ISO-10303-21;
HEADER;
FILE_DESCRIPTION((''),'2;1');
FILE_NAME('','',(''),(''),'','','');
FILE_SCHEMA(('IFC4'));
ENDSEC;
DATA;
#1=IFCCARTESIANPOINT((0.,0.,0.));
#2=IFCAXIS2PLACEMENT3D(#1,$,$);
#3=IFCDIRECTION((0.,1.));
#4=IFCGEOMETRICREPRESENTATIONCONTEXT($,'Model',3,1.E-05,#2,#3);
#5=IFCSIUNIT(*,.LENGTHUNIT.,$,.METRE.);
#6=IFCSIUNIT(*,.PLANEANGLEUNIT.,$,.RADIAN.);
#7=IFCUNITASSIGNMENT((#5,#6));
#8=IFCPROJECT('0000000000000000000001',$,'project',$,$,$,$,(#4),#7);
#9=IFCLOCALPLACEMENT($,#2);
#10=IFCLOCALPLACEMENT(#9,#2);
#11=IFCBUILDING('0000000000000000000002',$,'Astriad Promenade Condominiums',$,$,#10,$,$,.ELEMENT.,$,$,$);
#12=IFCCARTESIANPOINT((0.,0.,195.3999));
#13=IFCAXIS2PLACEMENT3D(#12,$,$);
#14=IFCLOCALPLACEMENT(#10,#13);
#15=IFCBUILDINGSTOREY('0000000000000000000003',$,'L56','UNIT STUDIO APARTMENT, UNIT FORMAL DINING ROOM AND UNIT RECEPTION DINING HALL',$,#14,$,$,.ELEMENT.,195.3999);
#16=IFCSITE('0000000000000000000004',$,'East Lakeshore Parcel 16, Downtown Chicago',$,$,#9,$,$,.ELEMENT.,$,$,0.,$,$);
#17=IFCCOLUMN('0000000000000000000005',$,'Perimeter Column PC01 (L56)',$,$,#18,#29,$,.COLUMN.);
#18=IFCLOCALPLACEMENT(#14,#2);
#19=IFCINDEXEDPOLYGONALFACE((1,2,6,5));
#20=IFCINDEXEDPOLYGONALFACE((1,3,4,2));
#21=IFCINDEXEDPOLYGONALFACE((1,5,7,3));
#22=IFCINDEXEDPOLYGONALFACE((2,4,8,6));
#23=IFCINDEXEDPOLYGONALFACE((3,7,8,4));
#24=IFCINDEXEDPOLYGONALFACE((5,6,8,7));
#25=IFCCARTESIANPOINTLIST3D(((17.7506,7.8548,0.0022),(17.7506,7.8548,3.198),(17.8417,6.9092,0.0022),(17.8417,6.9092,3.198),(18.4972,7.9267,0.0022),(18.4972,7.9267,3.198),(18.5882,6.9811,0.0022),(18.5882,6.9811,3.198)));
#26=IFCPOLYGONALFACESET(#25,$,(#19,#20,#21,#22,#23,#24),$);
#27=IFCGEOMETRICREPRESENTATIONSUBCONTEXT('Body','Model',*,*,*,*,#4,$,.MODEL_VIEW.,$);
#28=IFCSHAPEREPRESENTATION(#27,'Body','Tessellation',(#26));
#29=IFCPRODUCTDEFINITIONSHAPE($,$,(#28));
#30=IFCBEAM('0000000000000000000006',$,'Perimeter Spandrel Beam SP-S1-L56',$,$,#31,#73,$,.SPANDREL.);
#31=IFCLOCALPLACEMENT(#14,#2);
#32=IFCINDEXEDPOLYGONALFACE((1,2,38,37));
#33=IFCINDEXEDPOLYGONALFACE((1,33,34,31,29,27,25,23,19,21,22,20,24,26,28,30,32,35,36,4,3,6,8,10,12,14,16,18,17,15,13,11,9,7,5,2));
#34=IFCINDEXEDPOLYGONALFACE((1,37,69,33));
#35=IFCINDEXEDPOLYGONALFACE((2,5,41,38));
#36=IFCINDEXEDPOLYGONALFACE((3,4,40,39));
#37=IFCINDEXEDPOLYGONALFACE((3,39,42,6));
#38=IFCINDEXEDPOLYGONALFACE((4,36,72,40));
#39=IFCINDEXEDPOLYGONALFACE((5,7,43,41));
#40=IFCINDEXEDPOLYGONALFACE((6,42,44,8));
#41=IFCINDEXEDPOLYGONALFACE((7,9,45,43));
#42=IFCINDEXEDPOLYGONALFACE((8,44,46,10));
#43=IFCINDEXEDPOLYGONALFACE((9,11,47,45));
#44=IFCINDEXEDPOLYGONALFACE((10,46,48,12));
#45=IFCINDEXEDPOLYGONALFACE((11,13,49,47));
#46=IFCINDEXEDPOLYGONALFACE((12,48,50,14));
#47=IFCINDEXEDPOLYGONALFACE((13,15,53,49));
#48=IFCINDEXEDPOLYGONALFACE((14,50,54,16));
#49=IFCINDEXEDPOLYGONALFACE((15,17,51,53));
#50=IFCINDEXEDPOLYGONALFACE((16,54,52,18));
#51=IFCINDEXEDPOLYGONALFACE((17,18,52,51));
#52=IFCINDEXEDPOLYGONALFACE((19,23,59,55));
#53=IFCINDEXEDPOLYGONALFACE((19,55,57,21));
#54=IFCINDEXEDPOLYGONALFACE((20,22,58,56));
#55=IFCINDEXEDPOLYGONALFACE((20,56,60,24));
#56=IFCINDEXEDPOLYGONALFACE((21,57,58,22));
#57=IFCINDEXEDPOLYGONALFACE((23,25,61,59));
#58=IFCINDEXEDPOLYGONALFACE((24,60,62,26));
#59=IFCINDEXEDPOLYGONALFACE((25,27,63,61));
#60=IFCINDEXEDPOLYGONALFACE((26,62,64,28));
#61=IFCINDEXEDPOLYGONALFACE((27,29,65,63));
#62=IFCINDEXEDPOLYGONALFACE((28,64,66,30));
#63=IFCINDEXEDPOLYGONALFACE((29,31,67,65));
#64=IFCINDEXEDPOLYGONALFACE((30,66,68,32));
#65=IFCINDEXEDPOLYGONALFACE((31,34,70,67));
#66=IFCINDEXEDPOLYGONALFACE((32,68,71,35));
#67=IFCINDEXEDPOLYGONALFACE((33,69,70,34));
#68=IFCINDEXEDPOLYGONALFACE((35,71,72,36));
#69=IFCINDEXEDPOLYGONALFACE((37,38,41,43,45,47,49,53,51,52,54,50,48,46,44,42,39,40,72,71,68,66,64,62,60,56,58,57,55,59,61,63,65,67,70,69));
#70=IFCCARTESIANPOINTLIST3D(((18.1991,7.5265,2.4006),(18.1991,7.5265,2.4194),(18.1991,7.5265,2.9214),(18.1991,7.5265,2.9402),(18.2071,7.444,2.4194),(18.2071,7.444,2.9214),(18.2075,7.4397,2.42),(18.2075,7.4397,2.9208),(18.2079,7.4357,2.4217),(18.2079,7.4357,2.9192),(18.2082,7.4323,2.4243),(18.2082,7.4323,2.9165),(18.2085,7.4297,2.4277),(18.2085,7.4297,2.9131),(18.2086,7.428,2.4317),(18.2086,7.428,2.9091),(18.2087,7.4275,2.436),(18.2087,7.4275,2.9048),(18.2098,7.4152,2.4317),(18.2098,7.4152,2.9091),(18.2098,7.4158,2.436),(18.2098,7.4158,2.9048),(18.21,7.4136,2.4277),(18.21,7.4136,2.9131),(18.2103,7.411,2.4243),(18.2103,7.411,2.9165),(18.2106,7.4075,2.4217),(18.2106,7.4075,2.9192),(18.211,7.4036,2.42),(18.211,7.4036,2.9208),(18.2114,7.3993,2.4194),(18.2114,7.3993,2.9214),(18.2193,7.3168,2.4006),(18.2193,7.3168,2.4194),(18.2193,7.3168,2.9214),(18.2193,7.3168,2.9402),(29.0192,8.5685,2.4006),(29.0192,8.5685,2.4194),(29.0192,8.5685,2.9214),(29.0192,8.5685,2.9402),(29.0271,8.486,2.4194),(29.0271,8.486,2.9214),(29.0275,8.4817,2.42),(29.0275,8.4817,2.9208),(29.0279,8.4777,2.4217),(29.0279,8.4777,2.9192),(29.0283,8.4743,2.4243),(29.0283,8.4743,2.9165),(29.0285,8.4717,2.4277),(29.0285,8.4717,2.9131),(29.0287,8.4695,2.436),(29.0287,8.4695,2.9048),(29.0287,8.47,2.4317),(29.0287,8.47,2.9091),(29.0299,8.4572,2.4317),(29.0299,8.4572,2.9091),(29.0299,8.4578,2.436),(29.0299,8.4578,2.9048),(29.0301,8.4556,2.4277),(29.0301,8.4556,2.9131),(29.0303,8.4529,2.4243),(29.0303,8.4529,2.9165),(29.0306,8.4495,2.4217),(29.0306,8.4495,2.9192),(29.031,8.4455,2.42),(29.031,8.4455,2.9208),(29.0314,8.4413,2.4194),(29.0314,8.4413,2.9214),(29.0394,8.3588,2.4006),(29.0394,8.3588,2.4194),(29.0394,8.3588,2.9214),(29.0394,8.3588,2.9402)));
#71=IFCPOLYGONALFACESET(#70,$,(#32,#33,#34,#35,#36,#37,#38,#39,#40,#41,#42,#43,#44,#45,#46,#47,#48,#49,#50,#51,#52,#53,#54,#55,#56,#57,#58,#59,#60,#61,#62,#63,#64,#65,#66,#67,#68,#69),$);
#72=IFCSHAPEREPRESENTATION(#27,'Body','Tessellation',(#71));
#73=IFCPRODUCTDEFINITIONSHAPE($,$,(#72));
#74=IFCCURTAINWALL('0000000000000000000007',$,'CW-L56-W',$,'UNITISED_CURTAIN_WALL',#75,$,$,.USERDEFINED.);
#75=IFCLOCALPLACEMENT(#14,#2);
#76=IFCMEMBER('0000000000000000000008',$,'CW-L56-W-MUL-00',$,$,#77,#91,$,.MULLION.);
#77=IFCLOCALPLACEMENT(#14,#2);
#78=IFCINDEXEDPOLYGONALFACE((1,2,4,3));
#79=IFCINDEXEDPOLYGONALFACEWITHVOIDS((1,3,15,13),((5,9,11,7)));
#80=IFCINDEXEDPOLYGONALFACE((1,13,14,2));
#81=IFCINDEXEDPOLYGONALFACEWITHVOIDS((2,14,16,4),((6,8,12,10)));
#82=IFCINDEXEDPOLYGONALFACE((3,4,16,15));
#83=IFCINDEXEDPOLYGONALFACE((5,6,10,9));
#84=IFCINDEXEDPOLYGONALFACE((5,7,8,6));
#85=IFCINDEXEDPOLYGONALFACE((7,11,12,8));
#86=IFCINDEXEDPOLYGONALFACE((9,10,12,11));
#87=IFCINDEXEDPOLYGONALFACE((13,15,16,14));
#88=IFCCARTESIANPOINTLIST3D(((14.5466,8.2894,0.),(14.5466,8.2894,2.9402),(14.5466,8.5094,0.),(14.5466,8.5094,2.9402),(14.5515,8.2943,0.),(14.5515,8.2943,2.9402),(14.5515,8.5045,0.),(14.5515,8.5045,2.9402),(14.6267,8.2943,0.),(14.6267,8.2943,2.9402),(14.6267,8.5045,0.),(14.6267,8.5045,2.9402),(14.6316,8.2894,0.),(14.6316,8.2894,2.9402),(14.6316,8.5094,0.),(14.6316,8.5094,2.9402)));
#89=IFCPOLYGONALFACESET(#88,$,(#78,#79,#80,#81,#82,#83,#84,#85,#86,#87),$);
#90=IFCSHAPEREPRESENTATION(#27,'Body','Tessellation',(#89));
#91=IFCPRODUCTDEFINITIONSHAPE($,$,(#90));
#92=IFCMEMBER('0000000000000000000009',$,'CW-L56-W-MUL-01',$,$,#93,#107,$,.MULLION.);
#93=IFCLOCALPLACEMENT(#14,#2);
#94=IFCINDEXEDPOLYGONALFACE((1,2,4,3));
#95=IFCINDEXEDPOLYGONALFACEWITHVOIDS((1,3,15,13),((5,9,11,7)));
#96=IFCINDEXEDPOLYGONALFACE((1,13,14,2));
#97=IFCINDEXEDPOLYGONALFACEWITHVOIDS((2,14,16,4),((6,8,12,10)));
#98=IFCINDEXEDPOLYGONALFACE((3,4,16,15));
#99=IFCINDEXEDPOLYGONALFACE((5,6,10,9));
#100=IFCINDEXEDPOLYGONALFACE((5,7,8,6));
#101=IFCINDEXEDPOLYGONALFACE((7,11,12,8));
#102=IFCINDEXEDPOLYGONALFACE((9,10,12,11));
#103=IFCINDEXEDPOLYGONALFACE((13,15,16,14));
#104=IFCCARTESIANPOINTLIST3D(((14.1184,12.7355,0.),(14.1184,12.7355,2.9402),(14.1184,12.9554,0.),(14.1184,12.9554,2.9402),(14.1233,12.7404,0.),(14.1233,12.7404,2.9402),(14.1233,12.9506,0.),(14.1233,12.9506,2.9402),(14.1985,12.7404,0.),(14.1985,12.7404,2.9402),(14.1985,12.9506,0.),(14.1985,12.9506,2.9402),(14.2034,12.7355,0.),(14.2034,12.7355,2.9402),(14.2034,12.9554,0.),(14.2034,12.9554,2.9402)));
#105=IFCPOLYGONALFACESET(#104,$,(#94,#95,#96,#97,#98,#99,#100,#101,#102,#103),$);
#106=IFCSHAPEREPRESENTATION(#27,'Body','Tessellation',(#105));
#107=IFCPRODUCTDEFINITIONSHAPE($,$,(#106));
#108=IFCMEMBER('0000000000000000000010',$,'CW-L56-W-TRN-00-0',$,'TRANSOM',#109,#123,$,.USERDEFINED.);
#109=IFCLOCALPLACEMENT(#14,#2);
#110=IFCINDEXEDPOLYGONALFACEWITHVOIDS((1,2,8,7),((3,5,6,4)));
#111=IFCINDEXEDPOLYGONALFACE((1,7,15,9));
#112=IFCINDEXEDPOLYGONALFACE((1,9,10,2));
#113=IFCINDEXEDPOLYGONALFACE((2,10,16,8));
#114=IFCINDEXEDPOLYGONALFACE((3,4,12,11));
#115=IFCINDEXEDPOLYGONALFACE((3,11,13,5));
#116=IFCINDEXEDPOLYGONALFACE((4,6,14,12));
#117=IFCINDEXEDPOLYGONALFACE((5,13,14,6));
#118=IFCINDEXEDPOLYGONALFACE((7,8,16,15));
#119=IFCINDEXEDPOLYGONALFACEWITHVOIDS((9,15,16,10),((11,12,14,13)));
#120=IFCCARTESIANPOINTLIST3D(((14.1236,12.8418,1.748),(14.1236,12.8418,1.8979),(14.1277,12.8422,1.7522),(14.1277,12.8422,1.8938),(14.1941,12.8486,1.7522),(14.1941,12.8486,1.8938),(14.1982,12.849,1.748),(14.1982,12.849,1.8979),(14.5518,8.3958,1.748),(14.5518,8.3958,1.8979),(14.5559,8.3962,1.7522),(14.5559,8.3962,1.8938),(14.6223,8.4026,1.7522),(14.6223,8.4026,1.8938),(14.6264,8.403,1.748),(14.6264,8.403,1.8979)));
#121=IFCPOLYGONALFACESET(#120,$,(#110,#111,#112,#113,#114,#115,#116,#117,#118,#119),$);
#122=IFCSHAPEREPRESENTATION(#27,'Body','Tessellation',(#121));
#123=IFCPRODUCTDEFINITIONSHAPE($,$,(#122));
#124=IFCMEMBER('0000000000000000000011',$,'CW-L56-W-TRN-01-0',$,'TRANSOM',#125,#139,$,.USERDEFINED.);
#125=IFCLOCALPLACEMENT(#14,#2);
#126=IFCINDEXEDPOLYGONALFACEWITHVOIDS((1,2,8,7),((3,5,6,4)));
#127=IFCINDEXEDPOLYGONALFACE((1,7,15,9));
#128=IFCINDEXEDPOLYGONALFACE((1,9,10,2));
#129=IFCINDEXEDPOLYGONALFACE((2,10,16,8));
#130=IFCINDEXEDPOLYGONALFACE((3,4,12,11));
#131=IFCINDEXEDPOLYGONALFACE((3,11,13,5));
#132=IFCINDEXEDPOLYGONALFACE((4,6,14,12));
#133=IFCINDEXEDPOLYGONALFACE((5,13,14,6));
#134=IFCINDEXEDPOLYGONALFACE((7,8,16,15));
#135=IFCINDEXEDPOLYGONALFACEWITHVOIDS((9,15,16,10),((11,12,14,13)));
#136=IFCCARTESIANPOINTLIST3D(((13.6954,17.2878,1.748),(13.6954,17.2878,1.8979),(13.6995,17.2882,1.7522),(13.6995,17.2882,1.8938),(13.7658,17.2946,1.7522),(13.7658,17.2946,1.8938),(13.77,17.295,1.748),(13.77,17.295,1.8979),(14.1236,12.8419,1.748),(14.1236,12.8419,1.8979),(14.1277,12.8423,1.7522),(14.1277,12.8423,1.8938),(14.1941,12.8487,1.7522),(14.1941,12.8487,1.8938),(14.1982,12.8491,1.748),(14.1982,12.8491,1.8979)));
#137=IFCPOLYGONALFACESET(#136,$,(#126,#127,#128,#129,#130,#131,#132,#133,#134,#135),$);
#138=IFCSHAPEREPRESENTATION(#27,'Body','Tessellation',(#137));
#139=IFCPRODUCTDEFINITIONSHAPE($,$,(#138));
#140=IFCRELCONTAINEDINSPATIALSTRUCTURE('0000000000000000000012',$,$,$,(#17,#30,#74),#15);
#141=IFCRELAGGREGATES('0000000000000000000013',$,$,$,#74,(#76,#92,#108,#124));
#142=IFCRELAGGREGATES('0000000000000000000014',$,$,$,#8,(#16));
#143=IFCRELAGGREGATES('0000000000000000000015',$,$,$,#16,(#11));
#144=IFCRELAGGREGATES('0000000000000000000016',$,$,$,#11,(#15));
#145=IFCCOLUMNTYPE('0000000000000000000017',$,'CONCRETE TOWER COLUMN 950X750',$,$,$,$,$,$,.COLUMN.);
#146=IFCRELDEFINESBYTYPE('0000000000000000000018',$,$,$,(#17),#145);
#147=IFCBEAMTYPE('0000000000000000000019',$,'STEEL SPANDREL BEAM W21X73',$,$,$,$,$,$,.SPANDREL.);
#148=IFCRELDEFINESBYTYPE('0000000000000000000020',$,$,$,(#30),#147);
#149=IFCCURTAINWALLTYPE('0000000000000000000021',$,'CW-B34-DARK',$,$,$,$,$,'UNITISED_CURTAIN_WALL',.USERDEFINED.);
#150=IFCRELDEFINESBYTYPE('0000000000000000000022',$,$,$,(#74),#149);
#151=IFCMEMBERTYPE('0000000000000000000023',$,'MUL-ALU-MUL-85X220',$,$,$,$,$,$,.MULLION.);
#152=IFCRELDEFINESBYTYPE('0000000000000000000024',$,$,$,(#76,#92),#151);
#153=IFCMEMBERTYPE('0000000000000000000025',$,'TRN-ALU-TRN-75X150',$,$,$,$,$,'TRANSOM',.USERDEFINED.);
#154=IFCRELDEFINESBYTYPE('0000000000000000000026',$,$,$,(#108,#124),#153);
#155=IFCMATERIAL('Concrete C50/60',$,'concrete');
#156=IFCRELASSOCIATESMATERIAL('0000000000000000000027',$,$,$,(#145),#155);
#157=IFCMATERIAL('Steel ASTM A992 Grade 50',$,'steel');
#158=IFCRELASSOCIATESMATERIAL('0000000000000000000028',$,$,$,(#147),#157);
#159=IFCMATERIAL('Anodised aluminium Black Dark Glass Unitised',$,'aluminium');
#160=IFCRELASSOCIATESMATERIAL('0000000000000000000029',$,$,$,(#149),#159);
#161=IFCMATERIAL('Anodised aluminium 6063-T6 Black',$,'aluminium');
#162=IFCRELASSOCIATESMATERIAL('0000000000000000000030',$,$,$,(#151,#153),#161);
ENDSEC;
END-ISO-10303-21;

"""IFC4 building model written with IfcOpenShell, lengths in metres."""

from ifc_helpers import new_model, si_unit, direction, frame, origin, origin_2d, place, context, subcontext, project, spatial, rectangle, hollow_rectangle, i_section, extrude, source, transform, mapped, material, material_profile, profile_set, type_object, type_shapes, element, aggregate, save


model = new_model("IFC4")

# Units and contexts
model_context = context("Model", 3, precision=1e-05, world=origin(), true_north=direction((0.0, 1.0)))
body_context = subcontext(model_context, "Body", "Model", "MODEL_VIEW")
ifc_project = project(units=[si_unit("LENGTHUNIT", "METRE"), si_unit("PLANEANGLEUNIT", "RADIAN")], contexts=[model_context])

# Site, building, storey
site_placement = place(None, origin())
site = spatial("IfcSite", under=ifc_project, at=site_placement, Name="East Lakeshore Parcel 16, Downtown Chicago", CompositionType="ELEMENT", RefElevation=0.0)
building_placement = place(site_placement, origin())
building = spatial("IfcBuilding", under=site, at=building_placement, Name="Astriad Promenade Condominiums", CompositionType="ELEMENT")
storey_placement = place(building_placement, frame((0.0, 0.0, 195.3999)))
storey = spatial("IfcBuildingStorey", under=building, at=storey_placement, Name="L56", Description="UNIT STUDIO APARTMENT, UNIT FORMAL DINING ROOM AND UNIT RECEPTION DINING HALL", CompositionType="ELEMENT", Elevation=195.3999)

# Column
ifc_material_1 = material(Name="Concrete C50/60", Category="concrete")
ifc_material_profile_1 = material_profile(ifc_material_1, rectangle(XDim=0.75, YDim=0.95, at=origin_2d()), Name="RC-COL-950X750")
ifc_profile_set_1 = profile_set([ifc_material_profile_1], Name="Concrete C50/60")
column_type = type_object("IfcColumnType", Name="CONCRETE TOWER COLUMN 950X750", PredefinedType="COLUMN", material=ifc_profile_set_1)
shared_shape_1 = source(origin(), body_context, "Body", "SweptSolid", [
    extrude(rectangle(XDim=0.75, YDim=0.95, at=origin_2d()), origin(), (0.0, 0.0, 1.0), 3.1958),
])
type_shapes(column_type, [shared_shape_1])
column_placement = place(storey_placement, frame((18.1694, 7.418, 0.0022), z_axis=(0.0, 0.0, 1.0), x_axis=(0.995396, 0.095846, 0.0)))
element("IfcColumn", 1, at=column_placement, inside=storey, type_object=column_type, Name="Perimeter Column PC01 (L56)", PredefinedType="COLUMN", context=body_context, shape_type="MappedRepresentation", body=[
    mapped(shared_shape_1, transform((0.0, 0.0, 0.0), scale=1.0)),
])

# Beam
ifc_material_2 = material(Name="Steel ASTM A992 Grade 50", Category="steel")
ifc_material_profile_2 = material_profile(ifc_material_2, i_section(OverallWidth=0.2107, OverallDepth=0.5396, WebThickness=0.0117, FlangeThickness=0.0188, FilletRadius=0.0166, at=origin_2d()), Name="W21X73")
ifc_profile_set_2 = profile_set([ifc_material_profile_2], Name="Steel ASTM A992 Grade 50")
beam_type = type_object("IfcBeamType", Name="STEEL SPANDREL BEAM W21X73", PredefinedType="SPANDREL", material=ifc_profile_set_2)
shared_shape_2 = source(origin(), body_context, "Body", "SweptSolid", [
    extrude(i_section(OverallWidth=0.2107, OverallDepth=0.5396, WebThickness=0.0117, FlangeThickness=0.0188, FilletRadius=0.0166, at=origin_2d()), origin(), (0.0, 0.0, 1.0), 10.8701),
])
type_shapes(beam_type, [shared_shape_2])
beam_placement = place(storey_placement, frame((18.2092, 7.4216, 2.6704), z_axis=(0.995395, 0.095858, 0.0), x_axis=(-0.095858, 0.995395, 0.0)))
element("IfcBeam", 2, at=beam_placement, inside=storey, type_object=beam_type, Name="Perimeter Spandrel Beam SP-S1-L56", PredefinedType="SPANDREL", context=body_context, shape_type="MappedRepresentation", body=[
    mapped(shared_shape_2, transform((0.0, 0.0, 0.0), scale=1.0)),
])

# Curtain wall, members
ifc_material_3 = material(Name="Anodised aluminium Black Dark Glass Unitised", Category="aluminium")
curtain_wall_type = type_object("IfcCurtainWallType", Name="CW-B34-DARK", ElementType="UNITISED_CURTAIN_WALL", PredefinedType="USERDEFINED", material=ifc_material_3)
curtain_wall_placement = place(storey_placement, origin())
curtain_wall = element("IfcCurtainWall", 3, at=curtain_wall_placement, inside=storey, type_object=curtain_wall_type, Name="CW-L56-W", ObjectType="UNITISED_CURTAIN_WALL", PredefinedType="USERDEFINED")
ifc_material_4 = material(Name="Anodised aluminium 6063-T6 Black", Category="aluminium")
ifc_material_profile_3 = material_profile(ifc_material_4, hollow_rectangle(XDim=0.085, YDim=0.22, WallThickness=0.0049, at=origin_2d()), Name="ALU-MUL-85X220")
ifc_profile_set_3 = profile_set([ifc_material_profile_3], Name="Anodised aluminium 6063-T6 Black")
member_type_1 = type_object("IfcMemberType", Name="MUL-ALU-MUL-85X220", PredefinedType="MULLION", material=ifc_profile_set_3)
shared_shape_3 = source(origin(), body_context, "Body", "SweptSolid", [
    extrude(hollow_rectangle(XDim=0.085, YDim=0.22, WallThickness=0.0049, at=origin_2d()), origin(), (0.0, 0.0, 1.0), 2.9402),
])
type_shapes(member_type_1, [shared_shape_3])
member_1_placement = place(storey_placement, frame((14.5891, 8.3994, 0.0), z_axis=(0.0, 0.0, 1.0), x_axis=(1.0, 0.0, 0.0)))
member_1 = element("IfcMember", 4, at=member_1_placement, type_object=member_type_1, Name="CW-L56-W-MUL-00", PredefinedType="MULLION", context=body_context, shape_type="MappedRepresentation", body=[
    mapped(shared_shape_3, transform((0.0, 0.0, 0.0), scale=1.0)),
])
member_2_placement = place(storey_placement, frame((14.1609, 12.8455, 0.0), z_axis=(0.0, 0.0, 1.0), x_axis=(1.0, 0.0, 0.0)))
member_2 = element("IfcMember", 5, at=member_2_placement, type_object=member_type_1, Name="CW-L56-W-MUL-01", PredefinedType="MULLION", context=body_context, shape_type="MappedRepresentation", body=[
    mapped(shared_shape_3, transform((0.0, 0.0, 0.0), scale=1.0)),
])
ifc_material_profile_4 = material_profile(ifc_material_4, hollow_rectangle(XDim=0.075, YDim=0.1499, WallThickness=0.0042, at=origin_2d()), Name="ALU-TRN-75X150")
ifc_profile_set_4 = profile_set([ifc_material_profile_4], Name="Anodised aluminium 6063-T6 Black")
member_type_2 = type_object("IfcMemberType", Name="TRN-ALU-TRN-75X150", ElementType="TRANSOM", PredefinedType="USERDEFINED", material=ifc_profile_set_4)
shared_shape_4 = source(origin(), body_context, "Body", "SweptSolid", [
    extrude(hollow_rectangle(XDim=0.075, YDim=0.1499, WallThickness=0.0042, at=origin_2d()), origin(), (0.0, 0.0, 1.0), 4.4666),
])
type_shapes(member_type_2, [shared_shape_4])
member_3_placement = place(storey_placement, frame((14.5891, 8.3994, 1.823), z_axis=(-0.095872, 0.995394, 0.0), x_axis=(-0.995394, -0.095872, 0.0)))
member_3 = element("IfcMember", 6, at=member_3_placement, type_object=member_type_2, Name="CW-L56-W-TRN-00-0", ObjectType="TRANSOM", PredefinedType="USERDEFINED", context=body_context, shape_type="MappedRepresentation", body=[
    mapped(shared_shape_4, transform((0.0, 0.0, 0.0), scale=1.0)),
])
member_4_placement = place(storey_placement, frame((14.1609, 12.8455, 1.823), z_axis=(-0.095872, 0.995394, 0.0), x_axis=(-0.995394, -0.095872, 0.0)))
member_4 = element("IfcMember", 7, at=member_4_placement, type_object=member_type_2, Name="CW-L56-W-TRN-01-0", ObjectType="TRANSOM", PredefinedType="USERDEFINED", context=body_context, shape_type="MappedRepresentation", body=[
    mapped(shared_shape_4, transform((0.0, 0.0, 0.0), scale=1.0)),
])

aggregate(curtain_wall, [member_1, member_2, member_3, member_4])

save(model, "model.ifc")
